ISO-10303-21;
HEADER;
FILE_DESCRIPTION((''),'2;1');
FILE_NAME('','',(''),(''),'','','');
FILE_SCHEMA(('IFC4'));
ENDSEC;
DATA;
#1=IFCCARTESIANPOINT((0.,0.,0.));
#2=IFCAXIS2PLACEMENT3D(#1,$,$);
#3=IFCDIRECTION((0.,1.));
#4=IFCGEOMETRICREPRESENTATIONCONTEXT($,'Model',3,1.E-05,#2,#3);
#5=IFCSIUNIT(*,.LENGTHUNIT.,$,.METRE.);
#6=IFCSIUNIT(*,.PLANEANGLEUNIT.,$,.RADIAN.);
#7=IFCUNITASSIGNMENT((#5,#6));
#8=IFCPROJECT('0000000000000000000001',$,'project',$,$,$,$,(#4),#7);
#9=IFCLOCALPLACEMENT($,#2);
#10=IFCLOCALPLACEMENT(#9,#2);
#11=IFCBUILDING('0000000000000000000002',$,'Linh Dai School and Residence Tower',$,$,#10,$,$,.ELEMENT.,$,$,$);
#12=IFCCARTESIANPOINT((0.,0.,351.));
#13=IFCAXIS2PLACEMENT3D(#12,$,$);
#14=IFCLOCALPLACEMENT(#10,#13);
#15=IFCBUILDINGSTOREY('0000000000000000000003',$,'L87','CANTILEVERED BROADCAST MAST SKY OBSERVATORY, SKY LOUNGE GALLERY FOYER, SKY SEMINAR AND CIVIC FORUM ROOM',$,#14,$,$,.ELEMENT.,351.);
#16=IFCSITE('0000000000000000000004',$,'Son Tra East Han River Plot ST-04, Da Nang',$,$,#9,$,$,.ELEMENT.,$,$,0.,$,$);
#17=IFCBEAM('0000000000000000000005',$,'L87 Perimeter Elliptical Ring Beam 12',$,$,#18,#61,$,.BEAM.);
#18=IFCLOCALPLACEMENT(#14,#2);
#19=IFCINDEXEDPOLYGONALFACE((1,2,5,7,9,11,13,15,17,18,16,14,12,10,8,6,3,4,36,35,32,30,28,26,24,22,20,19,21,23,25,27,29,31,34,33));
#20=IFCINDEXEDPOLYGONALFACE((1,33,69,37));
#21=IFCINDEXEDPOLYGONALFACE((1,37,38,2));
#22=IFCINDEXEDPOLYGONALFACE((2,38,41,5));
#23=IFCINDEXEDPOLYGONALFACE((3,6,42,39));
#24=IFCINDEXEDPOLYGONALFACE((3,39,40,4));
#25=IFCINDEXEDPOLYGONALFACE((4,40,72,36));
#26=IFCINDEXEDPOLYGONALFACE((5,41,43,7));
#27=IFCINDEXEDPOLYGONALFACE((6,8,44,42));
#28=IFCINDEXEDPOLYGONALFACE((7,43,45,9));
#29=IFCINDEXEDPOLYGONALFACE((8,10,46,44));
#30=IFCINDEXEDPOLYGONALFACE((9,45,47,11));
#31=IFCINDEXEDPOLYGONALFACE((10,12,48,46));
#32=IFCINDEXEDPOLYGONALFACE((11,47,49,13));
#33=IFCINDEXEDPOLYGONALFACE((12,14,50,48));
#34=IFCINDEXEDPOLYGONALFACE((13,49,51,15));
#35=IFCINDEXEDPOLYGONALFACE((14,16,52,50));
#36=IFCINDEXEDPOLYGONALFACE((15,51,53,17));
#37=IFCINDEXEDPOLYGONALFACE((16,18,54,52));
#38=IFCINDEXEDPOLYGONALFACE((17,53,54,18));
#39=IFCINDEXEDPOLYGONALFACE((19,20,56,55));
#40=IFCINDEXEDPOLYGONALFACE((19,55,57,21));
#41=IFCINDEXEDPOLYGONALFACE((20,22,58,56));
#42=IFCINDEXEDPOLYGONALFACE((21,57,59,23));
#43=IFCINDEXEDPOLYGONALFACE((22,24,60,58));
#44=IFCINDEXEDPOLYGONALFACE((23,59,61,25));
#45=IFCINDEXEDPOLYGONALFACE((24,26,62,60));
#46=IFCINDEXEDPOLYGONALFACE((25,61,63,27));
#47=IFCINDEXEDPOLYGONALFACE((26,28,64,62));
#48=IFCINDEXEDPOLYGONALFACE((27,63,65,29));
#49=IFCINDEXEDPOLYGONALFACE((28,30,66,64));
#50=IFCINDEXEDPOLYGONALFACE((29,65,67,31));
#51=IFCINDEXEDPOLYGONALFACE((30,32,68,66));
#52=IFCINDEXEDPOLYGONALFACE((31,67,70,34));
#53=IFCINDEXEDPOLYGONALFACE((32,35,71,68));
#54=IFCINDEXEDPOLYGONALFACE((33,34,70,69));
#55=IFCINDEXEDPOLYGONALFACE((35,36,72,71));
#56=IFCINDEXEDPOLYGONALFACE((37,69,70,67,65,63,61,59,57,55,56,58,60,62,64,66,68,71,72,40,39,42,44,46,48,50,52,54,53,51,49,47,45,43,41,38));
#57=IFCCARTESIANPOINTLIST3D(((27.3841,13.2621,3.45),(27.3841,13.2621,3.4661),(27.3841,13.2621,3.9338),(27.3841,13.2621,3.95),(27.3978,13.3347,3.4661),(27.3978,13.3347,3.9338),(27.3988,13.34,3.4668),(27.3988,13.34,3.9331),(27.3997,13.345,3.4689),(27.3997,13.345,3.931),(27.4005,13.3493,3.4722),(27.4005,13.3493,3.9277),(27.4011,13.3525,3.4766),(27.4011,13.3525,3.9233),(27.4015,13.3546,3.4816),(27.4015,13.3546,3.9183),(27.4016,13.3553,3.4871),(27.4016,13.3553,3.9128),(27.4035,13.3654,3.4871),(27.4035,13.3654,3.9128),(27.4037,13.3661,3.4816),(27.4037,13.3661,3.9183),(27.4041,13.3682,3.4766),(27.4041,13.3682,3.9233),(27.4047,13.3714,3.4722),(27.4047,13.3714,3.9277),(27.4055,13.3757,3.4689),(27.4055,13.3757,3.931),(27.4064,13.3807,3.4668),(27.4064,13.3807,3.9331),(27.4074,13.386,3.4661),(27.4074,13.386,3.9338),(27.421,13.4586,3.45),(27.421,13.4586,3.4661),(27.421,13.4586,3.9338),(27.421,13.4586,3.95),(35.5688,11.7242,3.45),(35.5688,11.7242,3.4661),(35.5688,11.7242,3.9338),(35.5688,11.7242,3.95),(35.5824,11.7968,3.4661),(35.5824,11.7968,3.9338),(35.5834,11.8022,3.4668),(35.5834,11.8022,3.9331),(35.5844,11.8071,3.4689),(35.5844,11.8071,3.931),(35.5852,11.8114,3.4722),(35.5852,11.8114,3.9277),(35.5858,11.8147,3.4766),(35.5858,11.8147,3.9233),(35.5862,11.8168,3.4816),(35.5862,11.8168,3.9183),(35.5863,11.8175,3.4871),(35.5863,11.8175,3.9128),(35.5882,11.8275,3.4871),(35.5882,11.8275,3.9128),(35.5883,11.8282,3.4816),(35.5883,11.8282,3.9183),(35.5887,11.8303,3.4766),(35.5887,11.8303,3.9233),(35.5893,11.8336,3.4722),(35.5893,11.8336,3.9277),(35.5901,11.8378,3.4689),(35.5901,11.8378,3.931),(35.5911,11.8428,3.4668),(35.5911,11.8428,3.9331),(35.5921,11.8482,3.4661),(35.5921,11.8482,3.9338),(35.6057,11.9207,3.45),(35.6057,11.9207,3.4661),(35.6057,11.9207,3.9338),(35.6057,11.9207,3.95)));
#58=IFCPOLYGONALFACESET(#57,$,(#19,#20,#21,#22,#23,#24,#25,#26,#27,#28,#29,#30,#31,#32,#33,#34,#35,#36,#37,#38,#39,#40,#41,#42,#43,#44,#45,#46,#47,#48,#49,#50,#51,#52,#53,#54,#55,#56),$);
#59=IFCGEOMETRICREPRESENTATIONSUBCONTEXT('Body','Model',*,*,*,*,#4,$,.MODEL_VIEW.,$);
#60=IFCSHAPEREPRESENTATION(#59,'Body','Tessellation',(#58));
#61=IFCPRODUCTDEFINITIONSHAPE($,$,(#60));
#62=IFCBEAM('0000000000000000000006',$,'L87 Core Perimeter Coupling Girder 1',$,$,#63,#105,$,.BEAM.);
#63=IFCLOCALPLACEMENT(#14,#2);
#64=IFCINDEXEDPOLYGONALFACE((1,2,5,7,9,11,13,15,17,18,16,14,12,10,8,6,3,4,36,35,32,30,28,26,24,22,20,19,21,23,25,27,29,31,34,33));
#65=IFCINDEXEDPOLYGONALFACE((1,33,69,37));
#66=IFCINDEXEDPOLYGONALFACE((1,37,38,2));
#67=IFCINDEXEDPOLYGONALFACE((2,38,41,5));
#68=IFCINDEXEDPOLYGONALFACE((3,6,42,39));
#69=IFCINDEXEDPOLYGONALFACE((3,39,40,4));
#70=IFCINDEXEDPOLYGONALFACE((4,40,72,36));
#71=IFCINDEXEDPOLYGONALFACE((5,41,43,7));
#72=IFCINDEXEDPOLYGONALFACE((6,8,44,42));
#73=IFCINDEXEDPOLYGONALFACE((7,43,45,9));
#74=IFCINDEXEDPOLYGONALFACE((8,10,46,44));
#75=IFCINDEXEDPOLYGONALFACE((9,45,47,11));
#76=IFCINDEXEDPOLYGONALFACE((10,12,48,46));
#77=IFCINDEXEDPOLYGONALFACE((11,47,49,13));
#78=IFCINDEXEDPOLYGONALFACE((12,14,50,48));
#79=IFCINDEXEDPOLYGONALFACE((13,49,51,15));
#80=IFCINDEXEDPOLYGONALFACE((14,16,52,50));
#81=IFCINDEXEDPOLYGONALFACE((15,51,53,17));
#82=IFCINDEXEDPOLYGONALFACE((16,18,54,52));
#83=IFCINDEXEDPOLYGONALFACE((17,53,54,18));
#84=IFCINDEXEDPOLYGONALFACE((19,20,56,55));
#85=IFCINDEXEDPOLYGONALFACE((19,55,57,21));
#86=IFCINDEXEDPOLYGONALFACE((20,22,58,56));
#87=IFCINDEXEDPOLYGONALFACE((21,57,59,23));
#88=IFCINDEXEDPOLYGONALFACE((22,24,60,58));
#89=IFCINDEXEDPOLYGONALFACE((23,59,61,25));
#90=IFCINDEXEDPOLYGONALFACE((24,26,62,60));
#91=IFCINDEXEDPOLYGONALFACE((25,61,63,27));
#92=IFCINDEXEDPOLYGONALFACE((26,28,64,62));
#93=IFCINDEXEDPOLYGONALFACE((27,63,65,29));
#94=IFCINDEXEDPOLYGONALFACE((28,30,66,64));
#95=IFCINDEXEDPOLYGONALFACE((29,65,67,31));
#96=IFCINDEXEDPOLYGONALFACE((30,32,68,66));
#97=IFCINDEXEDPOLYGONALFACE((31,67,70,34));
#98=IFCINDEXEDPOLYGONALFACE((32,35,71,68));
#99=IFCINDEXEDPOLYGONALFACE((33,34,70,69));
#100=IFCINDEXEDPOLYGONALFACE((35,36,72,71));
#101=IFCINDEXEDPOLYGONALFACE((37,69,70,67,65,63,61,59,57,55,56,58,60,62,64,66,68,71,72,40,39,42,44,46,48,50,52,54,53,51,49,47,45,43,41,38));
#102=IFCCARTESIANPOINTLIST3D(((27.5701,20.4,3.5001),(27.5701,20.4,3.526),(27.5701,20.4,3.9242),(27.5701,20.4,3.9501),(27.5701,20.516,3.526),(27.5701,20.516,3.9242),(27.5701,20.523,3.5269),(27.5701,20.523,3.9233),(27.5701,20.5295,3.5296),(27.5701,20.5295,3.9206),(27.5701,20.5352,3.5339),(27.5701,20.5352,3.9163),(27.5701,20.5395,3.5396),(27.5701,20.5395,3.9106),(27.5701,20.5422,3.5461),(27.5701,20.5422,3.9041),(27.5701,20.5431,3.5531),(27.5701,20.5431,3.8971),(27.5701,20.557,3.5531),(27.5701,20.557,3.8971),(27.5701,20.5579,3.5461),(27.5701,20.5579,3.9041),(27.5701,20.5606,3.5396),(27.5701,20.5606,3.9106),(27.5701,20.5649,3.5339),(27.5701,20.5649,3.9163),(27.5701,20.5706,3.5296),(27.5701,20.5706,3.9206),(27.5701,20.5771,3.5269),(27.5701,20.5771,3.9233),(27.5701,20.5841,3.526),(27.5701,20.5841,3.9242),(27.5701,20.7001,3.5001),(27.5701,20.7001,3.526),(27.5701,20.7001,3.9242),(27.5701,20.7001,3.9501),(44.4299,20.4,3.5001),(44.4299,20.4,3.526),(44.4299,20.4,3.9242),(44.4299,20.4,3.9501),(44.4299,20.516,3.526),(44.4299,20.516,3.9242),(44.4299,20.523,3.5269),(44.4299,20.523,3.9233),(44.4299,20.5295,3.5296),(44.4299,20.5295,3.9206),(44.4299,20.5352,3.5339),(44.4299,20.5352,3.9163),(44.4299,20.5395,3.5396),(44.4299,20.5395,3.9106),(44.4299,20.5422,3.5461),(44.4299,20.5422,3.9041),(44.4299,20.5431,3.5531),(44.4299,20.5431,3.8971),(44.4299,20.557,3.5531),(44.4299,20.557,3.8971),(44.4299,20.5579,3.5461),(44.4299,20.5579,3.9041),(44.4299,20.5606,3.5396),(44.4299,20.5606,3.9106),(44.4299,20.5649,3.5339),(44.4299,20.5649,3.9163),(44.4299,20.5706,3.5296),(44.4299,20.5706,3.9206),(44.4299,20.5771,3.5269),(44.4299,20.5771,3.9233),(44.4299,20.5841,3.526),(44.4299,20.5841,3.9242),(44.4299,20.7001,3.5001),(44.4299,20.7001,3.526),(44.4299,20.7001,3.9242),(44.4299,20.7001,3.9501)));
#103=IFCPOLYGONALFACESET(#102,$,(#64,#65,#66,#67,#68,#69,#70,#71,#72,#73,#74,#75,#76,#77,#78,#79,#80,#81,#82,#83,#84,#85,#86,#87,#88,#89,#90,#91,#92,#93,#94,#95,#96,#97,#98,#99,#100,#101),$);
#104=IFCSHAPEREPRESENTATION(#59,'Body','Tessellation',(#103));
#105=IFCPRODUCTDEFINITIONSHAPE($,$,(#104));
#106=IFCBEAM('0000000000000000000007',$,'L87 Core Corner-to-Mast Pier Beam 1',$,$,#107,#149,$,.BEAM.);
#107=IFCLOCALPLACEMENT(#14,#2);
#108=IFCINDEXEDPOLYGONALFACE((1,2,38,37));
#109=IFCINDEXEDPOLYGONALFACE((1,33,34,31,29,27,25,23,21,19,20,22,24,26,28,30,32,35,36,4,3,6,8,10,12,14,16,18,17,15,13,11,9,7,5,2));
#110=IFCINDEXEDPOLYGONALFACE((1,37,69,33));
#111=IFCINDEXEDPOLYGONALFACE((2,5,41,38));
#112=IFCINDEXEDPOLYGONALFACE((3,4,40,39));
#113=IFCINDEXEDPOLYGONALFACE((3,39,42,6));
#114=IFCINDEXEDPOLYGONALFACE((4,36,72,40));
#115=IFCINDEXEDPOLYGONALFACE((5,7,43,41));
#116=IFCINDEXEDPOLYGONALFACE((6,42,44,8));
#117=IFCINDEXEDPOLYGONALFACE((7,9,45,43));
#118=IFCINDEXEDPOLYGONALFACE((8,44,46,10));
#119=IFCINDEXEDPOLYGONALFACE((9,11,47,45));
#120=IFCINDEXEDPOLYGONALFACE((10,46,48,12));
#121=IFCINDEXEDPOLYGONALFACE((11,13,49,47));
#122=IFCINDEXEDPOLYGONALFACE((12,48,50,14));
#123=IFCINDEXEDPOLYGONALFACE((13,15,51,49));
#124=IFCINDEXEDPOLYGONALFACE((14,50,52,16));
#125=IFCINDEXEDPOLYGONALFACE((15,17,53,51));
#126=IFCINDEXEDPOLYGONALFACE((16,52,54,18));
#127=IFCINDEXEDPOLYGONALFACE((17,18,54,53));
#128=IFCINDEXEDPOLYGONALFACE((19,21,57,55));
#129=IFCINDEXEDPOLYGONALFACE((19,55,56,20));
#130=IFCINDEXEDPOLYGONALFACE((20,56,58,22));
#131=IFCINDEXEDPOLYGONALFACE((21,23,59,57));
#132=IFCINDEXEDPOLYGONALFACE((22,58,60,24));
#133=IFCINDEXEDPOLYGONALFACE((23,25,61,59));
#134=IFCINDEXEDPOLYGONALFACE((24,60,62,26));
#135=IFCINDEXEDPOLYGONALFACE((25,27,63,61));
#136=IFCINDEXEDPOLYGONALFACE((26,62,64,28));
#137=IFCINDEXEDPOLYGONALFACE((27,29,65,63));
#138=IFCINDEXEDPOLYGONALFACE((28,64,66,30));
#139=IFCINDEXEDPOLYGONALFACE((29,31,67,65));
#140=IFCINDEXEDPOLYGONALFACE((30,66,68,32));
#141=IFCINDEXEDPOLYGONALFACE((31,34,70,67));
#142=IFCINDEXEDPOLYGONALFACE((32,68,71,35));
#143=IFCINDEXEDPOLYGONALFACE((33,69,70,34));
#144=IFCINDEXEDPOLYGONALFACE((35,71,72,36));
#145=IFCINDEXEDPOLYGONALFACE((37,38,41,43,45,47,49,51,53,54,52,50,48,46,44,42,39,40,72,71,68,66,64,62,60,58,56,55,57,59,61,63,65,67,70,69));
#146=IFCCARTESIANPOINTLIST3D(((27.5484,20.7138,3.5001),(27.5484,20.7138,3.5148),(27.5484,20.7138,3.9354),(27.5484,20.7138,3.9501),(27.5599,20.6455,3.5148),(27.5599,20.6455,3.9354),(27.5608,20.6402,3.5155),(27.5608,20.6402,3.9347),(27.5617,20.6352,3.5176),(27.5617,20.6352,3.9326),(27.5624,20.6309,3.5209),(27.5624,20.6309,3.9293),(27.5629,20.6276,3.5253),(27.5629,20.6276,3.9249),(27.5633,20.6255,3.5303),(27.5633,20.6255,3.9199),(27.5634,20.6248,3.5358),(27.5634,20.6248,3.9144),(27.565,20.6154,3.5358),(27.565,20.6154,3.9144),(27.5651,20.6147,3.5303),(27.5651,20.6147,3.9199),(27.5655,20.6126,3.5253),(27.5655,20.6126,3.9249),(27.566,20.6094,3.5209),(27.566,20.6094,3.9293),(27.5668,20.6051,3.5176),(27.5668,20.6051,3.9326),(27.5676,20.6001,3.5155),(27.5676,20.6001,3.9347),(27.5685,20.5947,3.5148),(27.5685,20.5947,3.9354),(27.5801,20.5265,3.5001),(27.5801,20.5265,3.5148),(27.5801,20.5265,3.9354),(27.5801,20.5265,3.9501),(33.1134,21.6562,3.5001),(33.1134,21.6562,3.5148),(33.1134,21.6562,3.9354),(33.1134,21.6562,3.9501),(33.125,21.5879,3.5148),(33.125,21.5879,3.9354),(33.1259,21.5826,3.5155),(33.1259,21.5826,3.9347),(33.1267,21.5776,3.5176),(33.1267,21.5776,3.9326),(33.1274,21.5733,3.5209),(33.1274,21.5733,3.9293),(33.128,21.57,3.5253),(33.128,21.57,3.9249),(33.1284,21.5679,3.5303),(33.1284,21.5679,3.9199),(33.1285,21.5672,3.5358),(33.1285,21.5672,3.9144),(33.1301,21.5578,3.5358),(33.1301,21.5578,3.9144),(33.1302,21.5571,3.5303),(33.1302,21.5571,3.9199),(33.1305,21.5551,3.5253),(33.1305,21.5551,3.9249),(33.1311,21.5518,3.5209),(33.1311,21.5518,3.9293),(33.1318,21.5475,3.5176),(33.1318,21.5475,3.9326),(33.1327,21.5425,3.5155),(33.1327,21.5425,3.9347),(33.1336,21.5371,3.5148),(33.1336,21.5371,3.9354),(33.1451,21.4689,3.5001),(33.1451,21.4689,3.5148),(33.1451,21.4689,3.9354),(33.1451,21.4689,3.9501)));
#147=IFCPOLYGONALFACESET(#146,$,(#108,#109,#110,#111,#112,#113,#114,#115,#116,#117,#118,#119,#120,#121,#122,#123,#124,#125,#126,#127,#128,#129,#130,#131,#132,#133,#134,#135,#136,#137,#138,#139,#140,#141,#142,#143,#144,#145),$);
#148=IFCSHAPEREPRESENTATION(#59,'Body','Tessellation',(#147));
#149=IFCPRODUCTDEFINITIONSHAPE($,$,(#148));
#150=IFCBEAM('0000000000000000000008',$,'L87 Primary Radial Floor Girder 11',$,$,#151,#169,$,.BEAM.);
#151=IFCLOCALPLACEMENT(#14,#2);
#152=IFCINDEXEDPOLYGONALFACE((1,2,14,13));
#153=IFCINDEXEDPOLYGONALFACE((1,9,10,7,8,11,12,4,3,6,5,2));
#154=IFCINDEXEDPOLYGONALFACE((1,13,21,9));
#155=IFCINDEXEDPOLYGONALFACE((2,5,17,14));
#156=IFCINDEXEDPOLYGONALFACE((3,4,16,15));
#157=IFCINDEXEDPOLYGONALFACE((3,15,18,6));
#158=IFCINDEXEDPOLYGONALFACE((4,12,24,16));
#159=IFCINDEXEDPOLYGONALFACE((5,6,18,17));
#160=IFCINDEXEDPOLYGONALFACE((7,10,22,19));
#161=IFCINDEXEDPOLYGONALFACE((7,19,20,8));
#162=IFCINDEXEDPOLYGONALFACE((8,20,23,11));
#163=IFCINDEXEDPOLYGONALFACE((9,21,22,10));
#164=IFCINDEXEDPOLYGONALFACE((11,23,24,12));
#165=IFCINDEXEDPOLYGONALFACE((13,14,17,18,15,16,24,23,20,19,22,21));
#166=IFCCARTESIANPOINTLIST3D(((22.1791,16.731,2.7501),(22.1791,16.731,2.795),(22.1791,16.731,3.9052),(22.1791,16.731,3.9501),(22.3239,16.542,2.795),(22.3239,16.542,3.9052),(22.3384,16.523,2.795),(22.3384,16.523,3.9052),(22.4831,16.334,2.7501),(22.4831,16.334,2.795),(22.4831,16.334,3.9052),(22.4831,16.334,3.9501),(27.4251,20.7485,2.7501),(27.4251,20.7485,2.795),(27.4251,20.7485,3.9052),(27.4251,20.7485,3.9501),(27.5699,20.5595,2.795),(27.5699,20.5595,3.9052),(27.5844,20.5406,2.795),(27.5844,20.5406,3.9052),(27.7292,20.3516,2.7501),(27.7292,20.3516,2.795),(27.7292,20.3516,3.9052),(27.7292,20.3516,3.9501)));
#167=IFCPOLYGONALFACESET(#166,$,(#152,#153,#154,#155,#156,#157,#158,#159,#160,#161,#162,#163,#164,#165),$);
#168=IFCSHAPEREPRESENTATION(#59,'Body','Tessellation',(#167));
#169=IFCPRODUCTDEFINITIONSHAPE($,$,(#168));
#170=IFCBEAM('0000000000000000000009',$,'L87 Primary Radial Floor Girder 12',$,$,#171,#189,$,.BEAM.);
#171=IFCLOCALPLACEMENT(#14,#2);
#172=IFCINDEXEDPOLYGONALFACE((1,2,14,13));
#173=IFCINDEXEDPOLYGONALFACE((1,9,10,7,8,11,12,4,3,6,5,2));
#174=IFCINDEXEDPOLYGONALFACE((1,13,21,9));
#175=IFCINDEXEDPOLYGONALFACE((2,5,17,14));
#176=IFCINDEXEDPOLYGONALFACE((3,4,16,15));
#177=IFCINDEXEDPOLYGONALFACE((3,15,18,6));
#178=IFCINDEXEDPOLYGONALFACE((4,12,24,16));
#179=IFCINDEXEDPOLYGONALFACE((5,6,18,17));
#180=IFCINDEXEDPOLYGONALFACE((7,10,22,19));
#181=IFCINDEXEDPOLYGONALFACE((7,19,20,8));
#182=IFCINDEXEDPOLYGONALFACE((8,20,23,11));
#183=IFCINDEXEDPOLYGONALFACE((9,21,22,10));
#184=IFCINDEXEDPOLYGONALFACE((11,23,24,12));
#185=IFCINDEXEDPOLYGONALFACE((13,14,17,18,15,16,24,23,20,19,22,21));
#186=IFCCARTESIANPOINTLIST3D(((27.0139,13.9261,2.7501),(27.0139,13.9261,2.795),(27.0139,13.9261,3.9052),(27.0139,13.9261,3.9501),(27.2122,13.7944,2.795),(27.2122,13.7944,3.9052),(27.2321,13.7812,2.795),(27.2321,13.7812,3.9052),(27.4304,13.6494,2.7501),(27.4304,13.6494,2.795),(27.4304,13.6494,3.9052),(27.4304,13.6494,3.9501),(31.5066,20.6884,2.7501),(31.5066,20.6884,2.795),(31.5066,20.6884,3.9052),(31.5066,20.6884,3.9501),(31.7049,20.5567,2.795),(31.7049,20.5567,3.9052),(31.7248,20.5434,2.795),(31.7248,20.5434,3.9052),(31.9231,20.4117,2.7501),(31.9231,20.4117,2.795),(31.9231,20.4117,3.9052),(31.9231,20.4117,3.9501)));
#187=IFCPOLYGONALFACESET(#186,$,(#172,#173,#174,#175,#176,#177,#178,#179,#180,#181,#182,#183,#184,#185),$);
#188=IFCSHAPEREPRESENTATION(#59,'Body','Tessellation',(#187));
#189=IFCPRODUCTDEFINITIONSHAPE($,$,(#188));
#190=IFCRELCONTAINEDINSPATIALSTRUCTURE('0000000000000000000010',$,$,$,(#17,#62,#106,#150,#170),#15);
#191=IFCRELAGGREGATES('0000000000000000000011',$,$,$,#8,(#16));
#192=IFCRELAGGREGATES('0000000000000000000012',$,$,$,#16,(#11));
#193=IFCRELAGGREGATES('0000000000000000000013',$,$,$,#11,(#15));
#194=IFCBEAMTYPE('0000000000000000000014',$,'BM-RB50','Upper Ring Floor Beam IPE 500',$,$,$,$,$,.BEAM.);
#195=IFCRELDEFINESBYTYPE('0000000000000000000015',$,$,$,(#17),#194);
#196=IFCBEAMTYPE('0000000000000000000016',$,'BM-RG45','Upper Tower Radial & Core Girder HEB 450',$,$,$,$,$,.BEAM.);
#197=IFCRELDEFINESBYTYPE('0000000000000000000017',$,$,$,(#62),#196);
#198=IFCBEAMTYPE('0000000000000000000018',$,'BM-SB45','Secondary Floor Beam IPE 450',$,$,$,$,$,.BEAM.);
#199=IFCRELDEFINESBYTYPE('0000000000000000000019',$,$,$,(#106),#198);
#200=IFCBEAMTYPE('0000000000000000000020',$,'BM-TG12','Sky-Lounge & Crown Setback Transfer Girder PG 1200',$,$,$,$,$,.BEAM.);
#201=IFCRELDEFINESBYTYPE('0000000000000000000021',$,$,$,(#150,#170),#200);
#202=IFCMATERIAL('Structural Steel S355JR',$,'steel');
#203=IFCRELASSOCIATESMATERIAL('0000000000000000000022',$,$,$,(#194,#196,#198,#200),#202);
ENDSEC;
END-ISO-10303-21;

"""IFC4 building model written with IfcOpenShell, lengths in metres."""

from ifc_helpers import new_model, si_unit, direction, frame, origin, origin_2d, place, context, subcontext, project, spatial, i_section, extrude, material, material_profile, profile_set, type_object, element, save


model = new_model("IFC4")

# Units and contexts
model_context = context("Model", 3, precision=1e-05, world=origin(), true_north=direction((0.0, 1.0)))
body_context = subcontext(model_context, "Body", "Model", "MODEL_VIEW")
ifc_project = project(units=[si_unit("LENGTHUNIT", "METRE"), si_unit("PLANEANGLEUNIT", "RADIAN")], contexts=[model_context])

# Site, building, storey
site_placement = place(None, origin())
site = spatial("IfcSite", under=ifc_project, at=site_placement, Name="Son Tra East Han River Plot ST-04, Da Nang", CompositionType="ELEMENT", RefElevation=0.0)
building_placement = place(site_placement, origin())
building = spatial("IfcBuilding", under=site, at=building_placement, Name="Linh Dai School and Residence Tower", CompositionType="ELEMENT")
storey_placement = place(building_placement, frame((0.0, 0.0, 351.0)))
storey = spatial("IfcBuildingStorey", under=building, at=storey_placement, Name="L87", Description="CANTILEVERED BROADCAST MAST SKY OBSERVATORY, SKY LOUNGE GALLERY FOYER, SKY SEMINAR AND CIVIC FORUM ROOM", CompositionType="ELEMENT", Elevation=351.0)

# Shared definitions
ifc_material_1 = material(Name="Structural Steel S355JR", Category="steel")

# Beams
ifc_material_profile_1 = material_profile(ifc_material_1, i_section(OverallWidth=0.2, OverallDepth=0.5, WebThickness=0.0103, FlangeThickness=0.0161, FilletRadius=0.021, at=origin_2d()), Name="IPE 500")
ifc_profile_set_1 = profile_set([ifc_material_profile_1], Name="Structural Steel S355JR")
beam_type_1 = type_object("IfcBeamType", Name="BM-RB50", Description="Upper Ring Floor Beam IPE 500", PredefinedType="BEAM", material=ifc_profile_set_1)
beam_1_placement = place(storey_placement, frame((27.4026, 13.3604, 3.7), z_axis=(0.982802, -0.184664, 0.0), x_axis=(0.184664, 0.982802, 0.0)))
element("IfcBeam", 1, at=beam_1_placement, inside=storey, type_object=beam_type_1, Name="L87 Perimeter Elliptical Ring Beam 12", PredefinedType="BEAM", context=body_context, shape_type="SweptSolid", body=[
    extrude(i_section(OverallWidth=0.2, OverallDepth=0.5, WebThickness=0.0103, FlangeThickness=0.0161, FilletRadius=0.021, at=origin_2d()), origin(), (0.0, 0.0, 1.0), 8.3279),
])
ifc_material_profile_2 = material_profile(ifc_material_1, i_section(OverallWidth=0.3, OverallDepth=0.45, WebThickness=0.0139, FlangeThickness=0.0259, FilletRadius=0.0271, at=origin_2d()), Name="HEB 450")
ifc_profile_set_2 = profile_set([ifc_material_profile_2], Name="Structural Steel S355JR")
beam_type_2 = type_object("IfcBeamType", Name="BM-RG45", Description="Upper Tower Radial & Core Girder HEB 450", PredefinedType="BEAM", material=ifc_profile_set_2)
beam_2_placement = place(storey_placement, frame((27.5701, 20.55, 3.7251), z_axis=(1.0, 0.0, 0.0), x_axis=(0.0, 1.0, 0.0)))
element("IfcBeam", 2, at=beam_2_placement, inside=storey, type_object=beam_type_2, Name="L87 Core Perimeter Coupling Girder 1", PredefinedType="BEAM", context=body_context, shape_type="SweptSolid", body=[
    extrude(i_section(OverallWidth=0.3, OverallDepth=0.45, WebThickness=0.0139, FlangeThickness=0.0259, FilletRadius=0.0271, at=origin_2d()), origin(), (0.0, 0.0, 1.0), 16.8599),
])
ifc_material_profile_3 = material_profile(ifc_material_1, i_section(OverallWidth=0.1899, OverallDepth=0.45, WebThickness=0.0095, FlangeThickness=0.0146, FilletRadius=0.021, at=origin_2d()), Name="IPE 450")
ifc_profile_set_3 = profile_set([ifc_material_profile_3], Name="Structural Steel S355JR")
beam_type_3 = type_object("IfcBeamType", Name="BM-SB45", Description="Secondary Floor Beam IPE 450", PredefinedType="BEAM", material=ifc_profile_set_3)
beam_3_placement = place(storey_placement, frame((27.5642, 20.6201, 3.7251), z_axis=(0.985963, 0.166966, 0.0), x_axis=(-0.166966, 0.985963, 0.0)))
element("IfcBeam", 3, at=beam_3_placement, inside=storey, type_object=beam_type_3, Name="L87 Core Corner-to-Mast Pier Beam 1", PredefinedType="BEAM", context=body_context, shape_type="SweptSolid", body=[
    extrude(i_section(OverallWidth=0.1899, OverallDepth=0.45, WebThickness=0.0095, FlangeThickness=0.0146, FilletRadius=0.021, at=origin_2d()), origin(), (0.0, 0.0, 1.0), 5.6443),
])
ifc_material_profile_4 = material_profile(ifc_material_1, i_section(OverallWidth=0.5, OverallDepth=1.2, WebThickness=0.0239, FlangeThickness=0.0449, at=origin_2d()), Name="PG 1200x500x24x45")
ifc_profile_set_4 = profile_set([ifc_material_profile_4], Name="Structural Steel S355JR")
beam_type_4 = type_object("IfcBeamType", Name="BM-TG12", Description="Sky-Lounge & Crown Setback Transfer Girder PG 1200", PredefinedType="BEAM", material=ifc_profile_set_4)
beam_4_placement = place(storey_placement, frame((27.5771, 20.55, 3.3501), z_axis=(-0.79393, -0.608009, 0.0), x_axis=(0.608009, -0.79393, 0.0)))
element("IfcBeam", 4, at=beam_4_placement, inside=storey, type_object=beam_type_4, Name="L87 Primary Radial Floor Girder 11", PredefinedType="BEAM", context=body_context, shape_type="SweptSolid", body=[
    extrude(i_section(OverallWidth=0.5, OverallDepth=1.2, WebThickness=0.0239, FlangeThickness=0.0449, at=origin_2d()), origin(), (0.0, 0.0, 1.0), 6.6077),
])
beam_5_placement = place(storey_placement, frame((31.7148, 20.55, 3.3501), z_axis=(-0.553381, -0.832928, 0.0), x_axis=(0.832928, -0.553381, 0.0)))
element("IfcBeam", 5, at=beam_5_placement, inside=storey, type_object=beam_type_4, Name="L87 Primary Radial Floor Girder 12", PredefinedType="BEAM", context=body_context, shape_type="SweptSolid", body=[
    extrude(i_section(OverallWidth=0.5, OverallDepth=1.2, WebThickness=0.0239, FlangeThickness=0.0449, at=origin_2d()), origin(), (0.0, 0.0, 1.0), 8.1187),
])

save(model, "model.ifc")
